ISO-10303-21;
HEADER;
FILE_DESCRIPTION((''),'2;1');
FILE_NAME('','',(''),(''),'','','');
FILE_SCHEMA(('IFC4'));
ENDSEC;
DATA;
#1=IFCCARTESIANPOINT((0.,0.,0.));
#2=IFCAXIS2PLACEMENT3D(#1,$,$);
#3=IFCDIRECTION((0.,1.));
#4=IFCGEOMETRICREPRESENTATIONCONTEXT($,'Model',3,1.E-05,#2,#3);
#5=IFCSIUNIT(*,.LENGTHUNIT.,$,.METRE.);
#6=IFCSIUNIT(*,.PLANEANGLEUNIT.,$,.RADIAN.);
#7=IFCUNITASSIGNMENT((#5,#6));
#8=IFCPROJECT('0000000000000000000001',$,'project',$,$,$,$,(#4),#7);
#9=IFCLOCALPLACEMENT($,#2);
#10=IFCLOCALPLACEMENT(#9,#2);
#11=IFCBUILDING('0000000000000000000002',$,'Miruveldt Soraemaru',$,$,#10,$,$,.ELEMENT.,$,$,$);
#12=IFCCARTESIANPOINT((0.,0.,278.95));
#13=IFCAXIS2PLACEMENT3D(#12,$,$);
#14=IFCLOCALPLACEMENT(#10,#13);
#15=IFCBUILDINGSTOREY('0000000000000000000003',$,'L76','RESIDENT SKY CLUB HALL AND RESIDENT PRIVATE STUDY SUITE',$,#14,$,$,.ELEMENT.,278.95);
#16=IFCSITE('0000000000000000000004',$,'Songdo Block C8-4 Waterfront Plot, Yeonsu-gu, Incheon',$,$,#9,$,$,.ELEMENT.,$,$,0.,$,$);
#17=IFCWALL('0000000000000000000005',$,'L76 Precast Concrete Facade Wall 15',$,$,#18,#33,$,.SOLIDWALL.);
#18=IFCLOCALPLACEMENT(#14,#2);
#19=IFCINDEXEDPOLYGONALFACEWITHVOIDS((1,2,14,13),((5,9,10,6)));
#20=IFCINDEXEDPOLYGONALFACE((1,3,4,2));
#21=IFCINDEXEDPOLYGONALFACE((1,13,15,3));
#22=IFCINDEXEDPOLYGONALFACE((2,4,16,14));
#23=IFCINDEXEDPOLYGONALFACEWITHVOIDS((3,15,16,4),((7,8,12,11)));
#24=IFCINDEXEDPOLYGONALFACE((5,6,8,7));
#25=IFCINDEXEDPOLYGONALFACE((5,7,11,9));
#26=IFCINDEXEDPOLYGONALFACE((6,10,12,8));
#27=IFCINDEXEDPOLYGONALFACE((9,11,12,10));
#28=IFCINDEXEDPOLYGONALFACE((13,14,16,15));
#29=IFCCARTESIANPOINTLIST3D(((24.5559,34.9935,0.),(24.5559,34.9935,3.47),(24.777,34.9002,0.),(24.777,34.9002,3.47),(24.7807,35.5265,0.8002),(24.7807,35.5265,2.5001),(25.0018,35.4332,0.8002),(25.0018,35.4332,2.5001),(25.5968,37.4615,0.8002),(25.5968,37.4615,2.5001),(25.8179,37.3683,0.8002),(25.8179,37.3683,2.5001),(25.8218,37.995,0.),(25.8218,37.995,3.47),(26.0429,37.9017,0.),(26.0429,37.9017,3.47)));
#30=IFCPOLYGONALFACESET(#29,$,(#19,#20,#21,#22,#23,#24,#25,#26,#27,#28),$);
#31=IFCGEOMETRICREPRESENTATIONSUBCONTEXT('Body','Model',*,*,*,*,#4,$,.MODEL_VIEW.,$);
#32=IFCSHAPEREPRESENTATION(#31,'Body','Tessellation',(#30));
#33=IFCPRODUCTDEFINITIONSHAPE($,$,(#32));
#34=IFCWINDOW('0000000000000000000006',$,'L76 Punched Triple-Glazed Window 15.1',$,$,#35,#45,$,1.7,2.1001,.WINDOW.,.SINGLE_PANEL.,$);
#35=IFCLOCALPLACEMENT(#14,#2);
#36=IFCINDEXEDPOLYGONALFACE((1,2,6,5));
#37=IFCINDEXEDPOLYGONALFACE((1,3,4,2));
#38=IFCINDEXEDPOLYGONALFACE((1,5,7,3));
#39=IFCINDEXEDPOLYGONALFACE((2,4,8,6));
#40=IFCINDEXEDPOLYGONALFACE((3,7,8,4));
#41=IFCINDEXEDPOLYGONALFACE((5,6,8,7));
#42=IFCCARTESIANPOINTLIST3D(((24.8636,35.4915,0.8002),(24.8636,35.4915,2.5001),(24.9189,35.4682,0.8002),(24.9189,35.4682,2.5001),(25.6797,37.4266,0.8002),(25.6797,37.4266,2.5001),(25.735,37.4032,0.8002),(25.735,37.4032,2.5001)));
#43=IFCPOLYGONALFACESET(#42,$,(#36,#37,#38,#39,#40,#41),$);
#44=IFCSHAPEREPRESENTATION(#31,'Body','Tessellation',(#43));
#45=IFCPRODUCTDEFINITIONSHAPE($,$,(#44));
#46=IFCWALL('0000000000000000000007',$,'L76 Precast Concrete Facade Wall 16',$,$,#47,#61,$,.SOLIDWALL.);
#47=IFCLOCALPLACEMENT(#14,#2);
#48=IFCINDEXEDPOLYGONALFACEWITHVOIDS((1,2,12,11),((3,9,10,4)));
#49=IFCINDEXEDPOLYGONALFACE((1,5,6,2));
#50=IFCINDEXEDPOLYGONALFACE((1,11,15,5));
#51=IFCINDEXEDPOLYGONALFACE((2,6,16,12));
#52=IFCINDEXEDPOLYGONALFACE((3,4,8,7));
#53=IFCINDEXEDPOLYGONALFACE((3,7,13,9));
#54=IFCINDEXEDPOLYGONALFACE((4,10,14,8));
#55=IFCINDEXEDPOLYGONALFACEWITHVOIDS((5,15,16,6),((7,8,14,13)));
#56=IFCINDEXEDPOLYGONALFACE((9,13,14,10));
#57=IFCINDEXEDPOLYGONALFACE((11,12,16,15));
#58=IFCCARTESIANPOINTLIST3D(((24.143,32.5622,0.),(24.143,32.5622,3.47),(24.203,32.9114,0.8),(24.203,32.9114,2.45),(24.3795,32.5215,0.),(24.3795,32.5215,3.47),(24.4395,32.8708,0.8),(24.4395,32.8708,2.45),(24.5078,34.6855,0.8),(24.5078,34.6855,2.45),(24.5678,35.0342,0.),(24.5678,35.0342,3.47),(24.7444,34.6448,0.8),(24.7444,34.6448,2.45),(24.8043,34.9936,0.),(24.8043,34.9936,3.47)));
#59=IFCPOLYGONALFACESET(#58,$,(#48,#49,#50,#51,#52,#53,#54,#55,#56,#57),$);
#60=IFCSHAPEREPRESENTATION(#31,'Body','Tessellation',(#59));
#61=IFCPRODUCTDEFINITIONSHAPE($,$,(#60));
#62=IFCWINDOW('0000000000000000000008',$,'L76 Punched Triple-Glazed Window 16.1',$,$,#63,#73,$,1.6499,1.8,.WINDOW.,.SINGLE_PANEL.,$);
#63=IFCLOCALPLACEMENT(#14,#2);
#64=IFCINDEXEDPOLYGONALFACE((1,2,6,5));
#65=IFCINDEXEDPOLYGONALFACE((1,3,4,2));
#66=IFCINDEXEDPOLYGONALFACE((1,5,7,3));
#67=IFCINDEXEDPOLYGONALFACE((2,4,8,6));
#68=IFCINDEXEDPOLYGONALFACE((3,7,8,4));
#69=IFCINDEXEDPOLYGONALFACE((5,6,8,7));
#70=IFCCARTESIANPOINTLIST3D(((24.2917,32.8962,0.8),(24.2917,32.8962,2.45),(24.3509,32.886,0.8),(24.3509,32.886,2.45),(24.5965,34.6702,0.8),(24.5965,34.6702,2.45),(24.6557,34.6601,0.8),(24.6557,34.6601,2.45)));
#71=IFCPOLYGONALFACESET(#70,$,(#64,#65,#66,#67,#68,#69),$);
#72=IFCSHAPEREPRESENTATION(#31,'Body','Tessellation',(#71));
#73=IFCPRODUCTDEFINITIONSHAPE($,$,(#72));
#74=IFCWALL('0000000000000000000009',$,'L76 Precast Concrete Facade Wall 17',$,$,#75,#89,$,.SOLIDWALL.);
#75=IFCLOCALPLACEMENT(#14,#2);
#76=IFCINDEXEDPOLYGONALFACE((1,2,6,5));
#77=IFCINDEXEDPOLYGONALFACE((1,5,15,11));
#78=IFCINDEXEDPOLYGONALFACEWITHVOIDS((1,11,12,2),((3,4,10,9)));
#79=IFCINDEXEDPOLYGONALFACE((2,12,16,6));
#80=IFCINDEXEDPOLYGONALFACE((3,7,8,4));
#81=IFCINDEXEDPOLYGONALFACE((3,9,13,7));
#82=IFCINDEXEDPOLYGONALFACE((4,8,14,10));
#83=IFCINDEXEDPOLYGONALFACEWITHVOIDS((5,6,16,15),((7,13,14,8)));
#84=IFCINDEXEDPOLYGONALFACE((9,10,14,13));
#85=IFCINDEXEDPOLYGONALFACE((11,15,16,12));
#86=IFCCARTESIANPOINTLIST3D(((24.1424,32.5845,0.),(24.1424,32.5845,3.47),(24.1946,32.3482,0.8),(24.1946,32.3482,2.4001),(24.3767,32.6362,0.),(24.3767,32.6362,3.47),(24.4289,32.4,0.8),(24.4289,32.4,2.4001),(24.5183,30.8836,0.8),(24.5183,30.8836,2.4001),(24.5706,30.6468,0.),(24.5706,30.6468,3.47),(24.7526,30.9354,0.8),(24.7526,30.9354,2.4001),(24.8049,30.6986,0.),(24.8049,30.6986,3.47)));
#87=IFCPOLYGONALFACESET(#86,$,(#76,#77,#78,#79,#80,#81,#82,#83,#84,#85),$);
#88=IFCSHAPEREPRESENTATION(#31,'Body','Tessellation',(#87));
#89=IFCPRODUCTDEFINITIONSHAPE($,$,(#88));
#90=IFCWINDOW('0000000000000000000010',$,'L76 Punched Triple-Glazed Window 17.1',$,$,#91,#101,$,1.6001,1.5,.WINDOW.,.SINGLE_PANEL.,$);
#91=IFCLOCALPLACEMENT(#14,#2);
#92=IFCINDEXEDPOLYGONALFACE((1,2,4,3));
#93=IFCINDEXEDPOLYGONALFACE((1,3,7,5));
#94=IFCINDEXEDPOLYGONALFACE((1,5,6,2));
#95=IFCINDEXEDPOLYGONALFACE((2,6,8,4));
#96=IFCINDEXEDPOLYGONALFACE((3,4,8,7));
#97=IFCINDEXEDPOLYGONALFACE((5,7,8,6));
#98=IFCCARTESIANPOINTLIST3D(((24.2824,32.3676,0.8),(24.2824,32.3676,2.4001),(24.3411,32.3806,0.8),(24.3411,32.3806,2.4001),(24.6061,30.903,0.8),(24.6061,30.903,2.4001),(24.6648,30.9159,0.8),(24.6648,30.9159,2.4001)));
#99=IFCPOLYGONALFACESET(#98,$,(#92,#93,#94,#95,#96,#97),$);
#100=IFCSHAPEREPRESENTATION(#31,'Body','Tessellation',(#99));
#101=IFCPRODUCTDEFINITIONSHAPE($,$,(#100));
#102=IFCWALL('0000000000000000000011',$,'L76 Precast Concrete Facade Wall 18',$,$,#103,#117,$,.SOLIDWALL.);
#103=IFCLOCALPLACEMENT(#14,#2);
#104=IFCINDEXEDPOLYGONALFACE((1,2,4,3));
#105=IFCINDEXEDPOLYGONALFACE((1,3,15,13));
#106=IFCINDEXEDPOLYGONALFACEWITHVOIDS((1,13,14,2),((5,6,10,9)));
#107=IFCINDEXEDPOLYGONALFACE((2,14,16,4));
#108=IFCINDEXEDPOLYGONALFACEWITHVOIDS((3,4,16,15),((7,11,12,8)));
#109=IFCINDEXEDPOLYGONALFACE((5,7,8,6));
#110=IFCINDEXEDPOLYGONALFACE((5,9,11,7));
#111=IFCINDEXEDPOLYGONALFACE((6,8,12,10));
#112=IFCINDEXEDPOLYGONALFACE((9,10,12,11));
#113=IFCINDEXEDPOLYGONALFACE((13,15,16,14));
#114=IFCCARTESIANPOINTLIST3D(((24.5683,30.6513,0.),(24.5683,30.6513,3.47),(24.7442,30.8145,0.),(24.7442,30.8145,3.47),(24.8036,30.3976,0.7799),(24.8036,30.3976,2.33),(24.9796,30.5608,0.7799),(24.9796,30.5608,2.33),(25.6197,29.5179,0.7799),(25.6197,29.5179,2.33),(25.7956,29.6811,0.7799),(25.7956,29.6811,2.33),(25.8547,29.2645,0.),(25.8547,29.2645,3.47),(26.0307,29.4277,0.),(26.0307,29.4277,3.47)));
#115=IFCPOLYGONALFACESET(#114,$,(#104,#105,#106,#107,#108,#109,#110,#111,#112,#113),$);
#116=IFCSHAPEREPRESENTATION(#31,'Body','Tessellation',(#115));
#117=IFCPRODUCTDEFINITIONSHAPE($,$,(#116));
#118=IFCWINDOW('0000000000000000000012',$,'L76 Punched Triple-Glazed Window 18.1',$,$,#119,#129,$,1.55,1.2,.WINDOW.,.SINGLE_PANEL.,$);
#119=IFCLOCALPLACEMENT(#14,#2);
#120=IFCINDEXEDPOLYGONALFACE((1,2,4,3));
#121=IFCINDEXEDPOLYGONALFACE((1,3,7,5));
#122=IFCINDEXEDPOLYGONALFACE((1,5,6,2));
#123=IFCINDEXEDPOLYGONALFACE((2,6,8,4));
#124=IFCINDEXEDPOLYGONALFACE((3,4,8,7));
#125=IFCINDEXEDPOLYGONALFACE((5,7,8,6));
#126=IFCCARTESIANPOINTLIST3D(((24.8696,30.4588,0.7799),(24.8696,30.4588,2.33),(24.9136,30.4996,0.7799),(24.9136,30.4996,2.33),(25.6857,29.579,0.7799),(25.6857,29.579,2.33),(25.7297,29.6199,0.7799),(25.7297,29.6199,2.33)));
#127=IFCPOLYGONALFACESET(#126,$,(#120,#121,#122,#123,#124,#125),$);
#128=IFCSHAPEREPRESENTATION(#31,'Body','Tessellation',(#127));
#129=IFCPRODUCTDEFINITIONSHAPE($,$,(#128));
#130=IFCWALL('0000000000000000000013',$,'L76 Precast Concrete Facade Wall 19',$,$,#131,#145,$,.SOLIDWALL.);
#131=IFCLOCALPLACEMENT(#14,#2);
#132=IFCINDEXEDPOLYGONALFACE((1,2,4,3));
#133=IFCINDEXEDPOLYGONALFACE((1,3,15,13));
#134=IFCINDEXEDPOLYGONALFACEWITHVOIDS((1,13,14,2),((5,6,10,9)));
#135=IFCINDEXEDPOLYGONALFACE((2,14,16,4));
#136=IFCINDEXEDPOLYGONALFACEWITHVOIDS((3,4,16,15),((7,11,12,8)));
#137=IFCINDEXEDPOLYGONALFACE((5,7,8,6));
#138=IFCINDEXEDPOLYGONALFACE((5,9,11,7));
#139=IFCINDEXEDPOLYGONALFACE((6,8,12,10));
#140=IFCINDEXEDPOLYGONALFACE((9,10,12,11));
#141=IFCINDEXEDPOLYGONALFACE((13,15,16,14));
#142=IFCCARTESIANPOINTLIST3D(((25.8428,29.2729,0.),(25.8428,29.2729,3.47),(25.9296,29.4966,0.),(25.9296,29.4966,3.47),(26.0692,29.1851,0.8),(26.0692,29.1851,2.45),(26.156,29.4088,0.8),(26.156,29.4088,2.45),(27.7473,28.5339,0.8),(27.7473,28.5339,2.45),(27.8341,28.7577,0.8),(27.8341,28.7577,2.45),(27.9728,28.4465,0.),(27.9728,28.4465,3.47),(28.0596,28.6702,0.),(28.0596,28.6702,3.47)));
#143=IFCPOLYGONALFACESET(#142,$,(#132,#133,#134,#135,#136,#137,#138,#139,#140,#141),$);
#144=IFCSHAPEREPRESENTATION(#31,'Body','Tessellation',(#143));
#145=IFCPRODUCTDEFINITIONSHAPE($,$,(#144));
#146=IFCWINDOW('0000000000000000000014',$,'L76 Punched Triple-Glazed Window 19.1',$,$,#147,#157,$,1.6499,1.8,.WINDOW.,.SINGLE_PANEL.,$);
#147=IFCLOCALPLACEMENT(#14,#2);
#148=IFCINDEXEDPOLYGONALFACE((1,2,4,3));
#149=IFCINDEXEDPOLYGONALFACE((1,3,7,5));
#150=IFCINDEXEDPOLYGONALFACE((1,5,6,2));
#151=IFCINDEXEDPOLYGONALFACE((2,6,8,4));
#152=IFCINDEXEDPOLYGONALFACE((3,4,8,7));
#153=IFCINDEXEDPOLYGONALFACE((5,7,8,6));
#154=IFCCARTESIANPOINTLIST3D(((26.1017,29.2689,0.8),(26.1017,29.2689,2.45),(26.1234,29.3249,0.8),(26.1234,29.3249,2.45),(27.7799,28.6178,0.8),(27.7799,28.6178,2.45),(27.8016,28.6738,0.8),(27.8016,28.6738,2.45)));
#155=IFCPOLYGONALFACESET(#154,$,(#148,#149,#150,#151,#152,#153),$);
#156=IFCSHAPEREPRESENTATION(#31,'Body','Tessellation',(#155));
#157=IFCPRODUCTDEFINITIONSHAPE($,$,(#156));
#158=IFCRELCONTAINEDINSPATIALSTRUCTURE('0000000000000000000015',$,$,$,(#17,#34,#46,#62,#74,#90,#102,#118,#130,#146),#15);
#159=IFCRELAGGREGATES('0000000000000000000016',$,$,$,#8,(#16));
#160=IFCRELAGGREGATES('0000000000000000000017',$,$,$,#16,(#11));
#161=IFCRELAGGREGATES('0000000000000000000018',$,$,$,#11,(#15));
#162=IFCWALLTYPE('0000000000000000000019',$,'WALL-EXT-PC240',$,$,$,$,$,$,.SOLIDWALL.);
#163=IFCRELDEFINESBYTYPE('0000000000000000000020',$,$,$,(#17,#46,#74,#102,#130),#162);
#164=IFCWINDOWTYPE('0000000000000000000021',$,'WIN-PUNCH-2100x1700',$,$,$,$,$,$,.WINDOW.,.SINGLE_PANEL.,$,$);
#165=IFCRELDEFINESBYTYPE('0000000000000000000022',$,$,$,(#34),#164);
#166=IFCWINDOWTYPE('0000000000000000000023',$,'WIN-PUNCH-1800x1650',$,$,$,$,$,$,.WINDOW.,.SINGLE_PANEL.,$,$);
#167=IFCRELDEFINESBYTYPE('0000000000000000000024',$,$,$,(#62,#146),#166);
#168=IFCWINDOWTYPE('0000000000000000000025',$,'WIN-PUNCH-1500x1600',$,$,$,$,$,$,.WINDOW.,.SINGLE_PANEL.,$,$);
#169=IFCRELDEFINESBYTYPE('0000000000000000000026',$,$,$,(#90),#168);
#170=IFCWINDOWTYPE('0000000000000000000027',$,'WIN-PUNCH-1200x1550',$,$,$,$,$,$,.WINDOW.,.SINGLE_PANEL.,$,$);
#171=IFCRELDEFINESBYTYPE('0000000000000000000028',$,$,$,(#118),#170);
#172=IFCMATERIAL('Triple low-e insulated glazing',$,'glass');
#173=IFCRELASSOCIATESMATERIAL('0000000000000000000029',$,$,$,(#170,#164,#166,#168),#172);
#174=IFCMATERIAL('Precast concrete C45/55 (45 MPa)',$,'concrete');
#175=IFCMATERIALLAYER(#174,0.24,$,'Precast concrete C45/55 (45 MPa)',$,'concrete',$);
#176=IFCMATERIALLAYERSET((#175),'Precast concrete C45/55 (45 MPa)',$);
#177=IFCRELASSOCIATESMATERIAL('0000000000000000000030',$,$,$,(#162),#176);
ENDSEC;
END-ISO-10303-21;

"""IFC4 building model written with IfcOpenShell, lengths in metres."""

from ifc_helpers import new_model, si_unit, direction, frame, frame_2d, origin, place, context, subcontext, project, spatial, rectangle, extrude, material, layer, layer_set, type_object, element, fill, save


model = new_model("IFC4")

# Units and contexts
model_context = context("Model", 3, precision=1e-05, world=origin(), true_north=direction((0.0, 1.0)))
body_context = subcontext(model_context, "Body", "Model", "MODEL_VIEW")
ifc_project = project(units=[si_unit("LENGTHUNIT", "METRE"), si_unit("PLANEANGLEUNIT", "RADIAN")], contexts=[model_context])

# Site, building, storey
site_placement = place(None, origin())
site = spatial("IfcSite", under=ifc_project, at=site_placement, Name="Songdo Block C8-4 Waterfront Plot, Yeonsu-gu, Incheon", CompositionType="ELEMENT", RefElevation=0.0)
building_placement = place(site_placement, origin())
building = spatial("IfcBuilding", under=site, at=building_placement, Name="Miruveldt Soraemaru", CompositionType="ELEMENT")
storey_placement = place(building_placement, frame((0.0, 0.0, 278.95)))
storey = spatial("IfcBuildingStorey", under=building, at=storey_placement, Name="L76", Description="RESIDENT SKY CLUB HALL AND RESIDENT PRIVATE STUDY SUITE", CompositionType="ELEMENT", Elevation=278.95)

# Walls, openings, windows
ifc_material_1 = material(Name="Triple low-e insulated glazing", Category="glass")
window_type_1 = type_object("IfcWindowType", Name="WIN-PUNCH-1200x1550", PartitioningType="SINGLE_PANEL", PredefinedType="WINDOW", material=ifc_material_1)
ifc_material_2 = material(Name="Precast concrete C45/55 (45 MPa)", Category="concrete")
ifc_layer_1 = layer(ifc_material_2, 0.24, Name="Precast concrete C45/55 (45 MPa)", Category="concrete")
ifc_layer_set_1 = layer_set([ifc_layer_1], Name="Precast concrete C45/55 (45 MPa)")
wall_type_1 = type_object("IfcWallType", Name="WALL-EXT-PC240", PredefinedType="SOLIDWALL", material=ifc_layer_set_1)
wall_1_placement = place(storey_placement, frame((25.9324, 37.9485, 0.0), z_axis=(0.0, 0.0, 1.0), x_axis=(-0.388603, -0.921405, 0.0)))
wall_1 = element("IfcWall", 1, at=wall_1_placement, inside=storey, type_object=wall_type_1, Name="L76 Precast Concrete Facade Wall 15", PredefinedType="SOLIDWALL", context=body_context, shape_type="SweptSolid", body=[
    extrude(rectangle(XDim=3.2576, YDim=0.24, at=frame_2d((1.6289, 0.0))), origin(), (0.0, 0.0, 1.0), 3.47),
])
opening_1_placement = place(wall_1_placement, frame((0.5791, 0.0, 0.8)))
opening_1 = element("IfcOpeningElement", 2, at=opening_1_placement, cuts=wall_1, PredefinedType="OPENING", context=body_context, shape_type="SweptSolid", body=[
    extrude(rectangle(XDim=2.1001, YDim=1.7, at=frame_2d((1.05, 0.8501))), frame((0.0, 0.1299, 0.0), z_axis=(0.0, -1.0, 0.0), x_axis=(1.0, 0.0, 0.0)), (0.0, 0.0, 1.0), 0.26),
])
window_type_2 = type_object("IfcWindowType", Name="WIN-PUNCH-2100x1700", PartitioningType="SINGLE_PANEL", PredefinedType="WINDOW", material=ifc_material_1)
window_1_placement = place(opening_1_placement, origin())
window_1 = element("IfcWindow", 3, at=window_1_placement, inside=storey, type_object=window_type_2, Name="L76 Punched Triple-Glazed Window 15.1", OverallHeight=1.7, OverallWidth=2.1001, PartitioningType="SINGLE_PANEL", PredefinedType="WINDOW", context=body_context, shape_type="SweptSolid", body=[
    extrude(rectangle(XDim=2.1001, YDim=1.7, at=frame_2d((1.05, 0.8501))), frame((0.0, 0.03, 0.0), z_axis=(0.0, -1.0, 0.0), x_axis=(1.0, 0.0, 0.0)), (0.0, 0.0, 1.0), 0.0601),
])
fill(opening_1, window_1)
wall_2_placement = place(storey_placement, frame((24.686, 35.0139, 0.0), z_axis=(0.0, 0.0, 1.0), x_axis=(-0.169353, -0.985555, 0.0)))
wall_2 = element("IfcWall", 4, at=wall_2_placement, inside=storey, type_object=wall_type_1, Name="L76 Precast Concrete Facade Wall 16", PredefinedType="SOLIDWALL", context=body_context, shape_type="SweptSolid", body=[
    extrude(rectangle(XDim=2.5083, YDim=0.24, at=frame_2d((1.2542, 0.0))), origin(), (0.0, 0.0, 1.0), 3.47),
])
opening_2_placement = place(wall_2_placement, frame((0.354, 0.0, 0.8)))
opening_2 = element("IfcOpeningElement", 5, at=opening_2_placement, cuts=wall_2, PredefinedType="OPENING", context=body_context, shape_type="SweptSolid", body=[
    extrude(rectangle(XDim=1.8, YDim=1.6499, at=frame_2d((0.8999, 0.825))), frame((0.0, 0.1299, 0.0), z_axis=(0.0, -1.0, 0.0), x_axis=(1.0, 0.0, 0.0)), (0.0, 0.0, 1.0), 0.26),
])
window_type_3 = type_object("IfcWindowType", Name="WIN-PUNCH-1800x1650", PartitioningType="SINGLE_PANEL", PredefinedType="WINDOW", material=ifc_material_1)
window_2_placement = place(opening_2_placement, origin())
window_2 = element("IfcWindow", 6, at=window_2_placement, inside=storey, type_object=window_type_3, Name="L76 Punched Triple-Glazed Window 16.1", OverallHeight=1.6499, OverallWidth=1.8, PartitioningType="SINGLE_PANEL", PredefinedType="WINDOW", context=body_context, shape_type="SweptSolid", body=[
    extrude(rectangle(XDim=1.8, YDim=1.6499, at=frame_2d((0.8999, 0.825))), frame((0.0, 0.03, 0.0), z_axis=(0.0, -1.0, 0.0), x_axis=(1.0, 0.0, 0.0)), (0.0, 0.0, 1.0), 0.0601),
])
fill(opening_2, window_2)
wall_3_placement = place(storey_placement, frame((24.2595, 32.6104, 0.0), z_axis=(0.0, 0.0, 1.0), x_axis=(0.21581, -0.976435, 0.0)))
wall_3 = element("IfcWall", 7, at=wall_3_placement, inside=storey, type_object=wall_type_1, Name="L76 Precast Concrete Facade Wall 17", PredefinedType="SOLIDWALL", context=body_context, shape_type="SweptSolid", body=[
    extrude(rectangle(XDim=1.9844, YDim=0.24, at=frame_2d((0.9922, 0.0))), origin(), (0.0, 0.0, 1.0), 3.47),
])
opening_3_placement = place(wall_3_placement, frame((0.2419, 0.0, 0.8)))
opening_3 = element("IfcOpeningElement", 8, at=opening_3_placement, cuts=wall_3, PredefinedType="OPENING", context=body_context, shape_type="SweptSolid", body=[
    extrude(rectangle(XDim=1.5, YDim=1.6001, at=frame_2d((0.75, 0.8))), frame((0.0, 0.1299, 0.0), z_axis=(0.0, -1.0, 0.0), x_axis=(1.0, 0.0, 0.0)), (0.0, 0.0, 1.0), 0.26),
])
window_type_4 = type_object("IfcWindowType", Name="WIN-PUNCH-1500x1600", PartitioningType="SINGLE_PANEL", PredefinedType="WINDOW", material=ifc_material_1)
window_3_placement = place(opening_3_placement, origin())
window_3 = element("IfcWindow", 9, at=window_3_placement, inside=storey, type_object=window_type_4, Name="L76 Punched Triple-Glazed Window 17.1", OverallHeight=1.6001, OverallWidth=1.5, PartitioningType="SINGLE_PANEL", PredefinedType="WINDOW", context=body_context, shape_type="SweptSolid", body=[
    extrude(rectangle(XDim=1.5, YDim=1.6001, at=frame_2d((0.75, 0.8))), frame((0.0, 0.03, 0.0), z_axis=(0.0, -1.0, 0.0), x_axis=(1.0, 0.0, 0.0)), (0.0, 0.0, 1.0), 0.0601),
])
fill(opening_3, window_3)
wall_4_placement = place(storey_placement, frame((24.6562, 30.7329, 0.0), z_axis=(0.0, 0.0, 1.0), x_axis=(0.680085, -0.733134, 0.0)))
wall_4 = element("IfcWall", 10, at=wall_4_placement, inside=storey, type_object=wall_type_1, Name="L76 Precast Concrete Facade Wall 18", PredefinedType="SOLIDWALL", context=body_context, shape_type="SweptSolid", body=[
    extrude(rectangle(XDim=1.8916, YDim=0.24, at=frame_2d((0.9458, 0.0))), origin(), (0.0, 0.0, 1.0), 3.47),
])
opening_4_placement = place(wall_4_placement, frame((0.3459, 0.0, 0.78)))
opening_4 = element("IfcOpeningElement", 11, at=opening_4_placement, cuts=wall_4, PredefinedType="OPENING", context=body_context, shape_type="SweptSolid", body=[
    extrude(rectangle(XDim=1.2, YDim=1.55, at=frame_2d((0.6001, 0.7749))), frame((0.0, 0.1299, 0.0), z_axis=(0.0, -1.0, 0.0), x_axis=(1.0, 0.0, 0.0)), (0.0, 0.0, 1.0), 0.26),
])
window_4_placement = place(opening_4_placement, origin())
window_4 = element("IfcWindow", 12, at=window_4_placement, inside=storey, type_object=window_type_1, Name="L76 Punched Triple-Glazed Window 18.1", OverallHeight=1.55, OverallWidth=1.2, PartitioningType="SINGLE_PANEL", PredefinedType="WINDOW", context=body_context, shape_type="SweptSolid", body=[
    extrude(rectangle(XDim=1.2, YDim=1.55, at=frame_2d((0.6001, 0.7749))), frame((0.0, 0.03, 0.0), z_axis=(0.0, -1.0, 0.0), x_axis=(1.0, 0.0, 0.0)), (0.0, 0.0, 1.0), 0.0601),
])
fill(opening_4, window_4)
wall_5_placement = place(storey_placement, frame((25.8862, 29.3848, 0.0), z_axis=(0.0, 0.0, 1.0), x_axis=(0.932281, -0.361734, 0.0)))
wall_5 = element("IfcWall", 13, at=wall_5_placement, inside=storey, type_object=wall_type_1, Name="L76 Precast Concrete Facade Wall 19", PredefinedType="SOLIDWALL", context=body_context, shape_type="SweptSolid", body=[
    extrude(rectangle(XDim=2.2847, YDim=0.24, at=frame_2d((1.1423, 0.0))), origin(), (0.0, 0.0, 1.0), 3.47),
])
opening_5_placement = place(wall_5_placement, frame((0.2429, 0.0, 0.8)))
opening_5 = element("IfcOpeningElement", 14, at=opening_5_placement, cuts=wall_5, PredefinedType="OPENING", context=body_context, shape_type="SweptSolid", body=[
    extrude(rectangle(XDim=1.8, YDim=1.6499, at=frame_2d((0.8999, 0.825))), frame((0.0, 0.1299, 0.0), z_axis=(0.0, -1.0, 0.0), x_axis=(1.0, 0.0, 0.0)), (0.0, 0.0, 1.0), 0.26),
])
window_5_placement = place(opening_5_placement, origin())
window_5 = element("IfcWindow", 15, at=window_5_placement, inside=storey, type_object=window_type_3, Name="L76 Punched Triple-Glazed Window 19.1", OverallHeight=1.6499, OverallWidth=1.8, PartitioningType="SINGLE_PANEL", PredefinedType="WINDOW", context=body_context, shape_type="SweptSolid", body=[
    extrude(rectangle(XDim=1.8, YDim=1.6499, at=frame_2d((0.8999, 0.825))), frame((0.0, 0.03, 0.0), z_axis=(0.0, -1.0, 0.0), x_axis=(1.0, 0.0, 0.0)), (0.0, 0.0, 1.0), 0.0601),
])
fill(opening_5, window_5)

save(model, "model.ifc")
